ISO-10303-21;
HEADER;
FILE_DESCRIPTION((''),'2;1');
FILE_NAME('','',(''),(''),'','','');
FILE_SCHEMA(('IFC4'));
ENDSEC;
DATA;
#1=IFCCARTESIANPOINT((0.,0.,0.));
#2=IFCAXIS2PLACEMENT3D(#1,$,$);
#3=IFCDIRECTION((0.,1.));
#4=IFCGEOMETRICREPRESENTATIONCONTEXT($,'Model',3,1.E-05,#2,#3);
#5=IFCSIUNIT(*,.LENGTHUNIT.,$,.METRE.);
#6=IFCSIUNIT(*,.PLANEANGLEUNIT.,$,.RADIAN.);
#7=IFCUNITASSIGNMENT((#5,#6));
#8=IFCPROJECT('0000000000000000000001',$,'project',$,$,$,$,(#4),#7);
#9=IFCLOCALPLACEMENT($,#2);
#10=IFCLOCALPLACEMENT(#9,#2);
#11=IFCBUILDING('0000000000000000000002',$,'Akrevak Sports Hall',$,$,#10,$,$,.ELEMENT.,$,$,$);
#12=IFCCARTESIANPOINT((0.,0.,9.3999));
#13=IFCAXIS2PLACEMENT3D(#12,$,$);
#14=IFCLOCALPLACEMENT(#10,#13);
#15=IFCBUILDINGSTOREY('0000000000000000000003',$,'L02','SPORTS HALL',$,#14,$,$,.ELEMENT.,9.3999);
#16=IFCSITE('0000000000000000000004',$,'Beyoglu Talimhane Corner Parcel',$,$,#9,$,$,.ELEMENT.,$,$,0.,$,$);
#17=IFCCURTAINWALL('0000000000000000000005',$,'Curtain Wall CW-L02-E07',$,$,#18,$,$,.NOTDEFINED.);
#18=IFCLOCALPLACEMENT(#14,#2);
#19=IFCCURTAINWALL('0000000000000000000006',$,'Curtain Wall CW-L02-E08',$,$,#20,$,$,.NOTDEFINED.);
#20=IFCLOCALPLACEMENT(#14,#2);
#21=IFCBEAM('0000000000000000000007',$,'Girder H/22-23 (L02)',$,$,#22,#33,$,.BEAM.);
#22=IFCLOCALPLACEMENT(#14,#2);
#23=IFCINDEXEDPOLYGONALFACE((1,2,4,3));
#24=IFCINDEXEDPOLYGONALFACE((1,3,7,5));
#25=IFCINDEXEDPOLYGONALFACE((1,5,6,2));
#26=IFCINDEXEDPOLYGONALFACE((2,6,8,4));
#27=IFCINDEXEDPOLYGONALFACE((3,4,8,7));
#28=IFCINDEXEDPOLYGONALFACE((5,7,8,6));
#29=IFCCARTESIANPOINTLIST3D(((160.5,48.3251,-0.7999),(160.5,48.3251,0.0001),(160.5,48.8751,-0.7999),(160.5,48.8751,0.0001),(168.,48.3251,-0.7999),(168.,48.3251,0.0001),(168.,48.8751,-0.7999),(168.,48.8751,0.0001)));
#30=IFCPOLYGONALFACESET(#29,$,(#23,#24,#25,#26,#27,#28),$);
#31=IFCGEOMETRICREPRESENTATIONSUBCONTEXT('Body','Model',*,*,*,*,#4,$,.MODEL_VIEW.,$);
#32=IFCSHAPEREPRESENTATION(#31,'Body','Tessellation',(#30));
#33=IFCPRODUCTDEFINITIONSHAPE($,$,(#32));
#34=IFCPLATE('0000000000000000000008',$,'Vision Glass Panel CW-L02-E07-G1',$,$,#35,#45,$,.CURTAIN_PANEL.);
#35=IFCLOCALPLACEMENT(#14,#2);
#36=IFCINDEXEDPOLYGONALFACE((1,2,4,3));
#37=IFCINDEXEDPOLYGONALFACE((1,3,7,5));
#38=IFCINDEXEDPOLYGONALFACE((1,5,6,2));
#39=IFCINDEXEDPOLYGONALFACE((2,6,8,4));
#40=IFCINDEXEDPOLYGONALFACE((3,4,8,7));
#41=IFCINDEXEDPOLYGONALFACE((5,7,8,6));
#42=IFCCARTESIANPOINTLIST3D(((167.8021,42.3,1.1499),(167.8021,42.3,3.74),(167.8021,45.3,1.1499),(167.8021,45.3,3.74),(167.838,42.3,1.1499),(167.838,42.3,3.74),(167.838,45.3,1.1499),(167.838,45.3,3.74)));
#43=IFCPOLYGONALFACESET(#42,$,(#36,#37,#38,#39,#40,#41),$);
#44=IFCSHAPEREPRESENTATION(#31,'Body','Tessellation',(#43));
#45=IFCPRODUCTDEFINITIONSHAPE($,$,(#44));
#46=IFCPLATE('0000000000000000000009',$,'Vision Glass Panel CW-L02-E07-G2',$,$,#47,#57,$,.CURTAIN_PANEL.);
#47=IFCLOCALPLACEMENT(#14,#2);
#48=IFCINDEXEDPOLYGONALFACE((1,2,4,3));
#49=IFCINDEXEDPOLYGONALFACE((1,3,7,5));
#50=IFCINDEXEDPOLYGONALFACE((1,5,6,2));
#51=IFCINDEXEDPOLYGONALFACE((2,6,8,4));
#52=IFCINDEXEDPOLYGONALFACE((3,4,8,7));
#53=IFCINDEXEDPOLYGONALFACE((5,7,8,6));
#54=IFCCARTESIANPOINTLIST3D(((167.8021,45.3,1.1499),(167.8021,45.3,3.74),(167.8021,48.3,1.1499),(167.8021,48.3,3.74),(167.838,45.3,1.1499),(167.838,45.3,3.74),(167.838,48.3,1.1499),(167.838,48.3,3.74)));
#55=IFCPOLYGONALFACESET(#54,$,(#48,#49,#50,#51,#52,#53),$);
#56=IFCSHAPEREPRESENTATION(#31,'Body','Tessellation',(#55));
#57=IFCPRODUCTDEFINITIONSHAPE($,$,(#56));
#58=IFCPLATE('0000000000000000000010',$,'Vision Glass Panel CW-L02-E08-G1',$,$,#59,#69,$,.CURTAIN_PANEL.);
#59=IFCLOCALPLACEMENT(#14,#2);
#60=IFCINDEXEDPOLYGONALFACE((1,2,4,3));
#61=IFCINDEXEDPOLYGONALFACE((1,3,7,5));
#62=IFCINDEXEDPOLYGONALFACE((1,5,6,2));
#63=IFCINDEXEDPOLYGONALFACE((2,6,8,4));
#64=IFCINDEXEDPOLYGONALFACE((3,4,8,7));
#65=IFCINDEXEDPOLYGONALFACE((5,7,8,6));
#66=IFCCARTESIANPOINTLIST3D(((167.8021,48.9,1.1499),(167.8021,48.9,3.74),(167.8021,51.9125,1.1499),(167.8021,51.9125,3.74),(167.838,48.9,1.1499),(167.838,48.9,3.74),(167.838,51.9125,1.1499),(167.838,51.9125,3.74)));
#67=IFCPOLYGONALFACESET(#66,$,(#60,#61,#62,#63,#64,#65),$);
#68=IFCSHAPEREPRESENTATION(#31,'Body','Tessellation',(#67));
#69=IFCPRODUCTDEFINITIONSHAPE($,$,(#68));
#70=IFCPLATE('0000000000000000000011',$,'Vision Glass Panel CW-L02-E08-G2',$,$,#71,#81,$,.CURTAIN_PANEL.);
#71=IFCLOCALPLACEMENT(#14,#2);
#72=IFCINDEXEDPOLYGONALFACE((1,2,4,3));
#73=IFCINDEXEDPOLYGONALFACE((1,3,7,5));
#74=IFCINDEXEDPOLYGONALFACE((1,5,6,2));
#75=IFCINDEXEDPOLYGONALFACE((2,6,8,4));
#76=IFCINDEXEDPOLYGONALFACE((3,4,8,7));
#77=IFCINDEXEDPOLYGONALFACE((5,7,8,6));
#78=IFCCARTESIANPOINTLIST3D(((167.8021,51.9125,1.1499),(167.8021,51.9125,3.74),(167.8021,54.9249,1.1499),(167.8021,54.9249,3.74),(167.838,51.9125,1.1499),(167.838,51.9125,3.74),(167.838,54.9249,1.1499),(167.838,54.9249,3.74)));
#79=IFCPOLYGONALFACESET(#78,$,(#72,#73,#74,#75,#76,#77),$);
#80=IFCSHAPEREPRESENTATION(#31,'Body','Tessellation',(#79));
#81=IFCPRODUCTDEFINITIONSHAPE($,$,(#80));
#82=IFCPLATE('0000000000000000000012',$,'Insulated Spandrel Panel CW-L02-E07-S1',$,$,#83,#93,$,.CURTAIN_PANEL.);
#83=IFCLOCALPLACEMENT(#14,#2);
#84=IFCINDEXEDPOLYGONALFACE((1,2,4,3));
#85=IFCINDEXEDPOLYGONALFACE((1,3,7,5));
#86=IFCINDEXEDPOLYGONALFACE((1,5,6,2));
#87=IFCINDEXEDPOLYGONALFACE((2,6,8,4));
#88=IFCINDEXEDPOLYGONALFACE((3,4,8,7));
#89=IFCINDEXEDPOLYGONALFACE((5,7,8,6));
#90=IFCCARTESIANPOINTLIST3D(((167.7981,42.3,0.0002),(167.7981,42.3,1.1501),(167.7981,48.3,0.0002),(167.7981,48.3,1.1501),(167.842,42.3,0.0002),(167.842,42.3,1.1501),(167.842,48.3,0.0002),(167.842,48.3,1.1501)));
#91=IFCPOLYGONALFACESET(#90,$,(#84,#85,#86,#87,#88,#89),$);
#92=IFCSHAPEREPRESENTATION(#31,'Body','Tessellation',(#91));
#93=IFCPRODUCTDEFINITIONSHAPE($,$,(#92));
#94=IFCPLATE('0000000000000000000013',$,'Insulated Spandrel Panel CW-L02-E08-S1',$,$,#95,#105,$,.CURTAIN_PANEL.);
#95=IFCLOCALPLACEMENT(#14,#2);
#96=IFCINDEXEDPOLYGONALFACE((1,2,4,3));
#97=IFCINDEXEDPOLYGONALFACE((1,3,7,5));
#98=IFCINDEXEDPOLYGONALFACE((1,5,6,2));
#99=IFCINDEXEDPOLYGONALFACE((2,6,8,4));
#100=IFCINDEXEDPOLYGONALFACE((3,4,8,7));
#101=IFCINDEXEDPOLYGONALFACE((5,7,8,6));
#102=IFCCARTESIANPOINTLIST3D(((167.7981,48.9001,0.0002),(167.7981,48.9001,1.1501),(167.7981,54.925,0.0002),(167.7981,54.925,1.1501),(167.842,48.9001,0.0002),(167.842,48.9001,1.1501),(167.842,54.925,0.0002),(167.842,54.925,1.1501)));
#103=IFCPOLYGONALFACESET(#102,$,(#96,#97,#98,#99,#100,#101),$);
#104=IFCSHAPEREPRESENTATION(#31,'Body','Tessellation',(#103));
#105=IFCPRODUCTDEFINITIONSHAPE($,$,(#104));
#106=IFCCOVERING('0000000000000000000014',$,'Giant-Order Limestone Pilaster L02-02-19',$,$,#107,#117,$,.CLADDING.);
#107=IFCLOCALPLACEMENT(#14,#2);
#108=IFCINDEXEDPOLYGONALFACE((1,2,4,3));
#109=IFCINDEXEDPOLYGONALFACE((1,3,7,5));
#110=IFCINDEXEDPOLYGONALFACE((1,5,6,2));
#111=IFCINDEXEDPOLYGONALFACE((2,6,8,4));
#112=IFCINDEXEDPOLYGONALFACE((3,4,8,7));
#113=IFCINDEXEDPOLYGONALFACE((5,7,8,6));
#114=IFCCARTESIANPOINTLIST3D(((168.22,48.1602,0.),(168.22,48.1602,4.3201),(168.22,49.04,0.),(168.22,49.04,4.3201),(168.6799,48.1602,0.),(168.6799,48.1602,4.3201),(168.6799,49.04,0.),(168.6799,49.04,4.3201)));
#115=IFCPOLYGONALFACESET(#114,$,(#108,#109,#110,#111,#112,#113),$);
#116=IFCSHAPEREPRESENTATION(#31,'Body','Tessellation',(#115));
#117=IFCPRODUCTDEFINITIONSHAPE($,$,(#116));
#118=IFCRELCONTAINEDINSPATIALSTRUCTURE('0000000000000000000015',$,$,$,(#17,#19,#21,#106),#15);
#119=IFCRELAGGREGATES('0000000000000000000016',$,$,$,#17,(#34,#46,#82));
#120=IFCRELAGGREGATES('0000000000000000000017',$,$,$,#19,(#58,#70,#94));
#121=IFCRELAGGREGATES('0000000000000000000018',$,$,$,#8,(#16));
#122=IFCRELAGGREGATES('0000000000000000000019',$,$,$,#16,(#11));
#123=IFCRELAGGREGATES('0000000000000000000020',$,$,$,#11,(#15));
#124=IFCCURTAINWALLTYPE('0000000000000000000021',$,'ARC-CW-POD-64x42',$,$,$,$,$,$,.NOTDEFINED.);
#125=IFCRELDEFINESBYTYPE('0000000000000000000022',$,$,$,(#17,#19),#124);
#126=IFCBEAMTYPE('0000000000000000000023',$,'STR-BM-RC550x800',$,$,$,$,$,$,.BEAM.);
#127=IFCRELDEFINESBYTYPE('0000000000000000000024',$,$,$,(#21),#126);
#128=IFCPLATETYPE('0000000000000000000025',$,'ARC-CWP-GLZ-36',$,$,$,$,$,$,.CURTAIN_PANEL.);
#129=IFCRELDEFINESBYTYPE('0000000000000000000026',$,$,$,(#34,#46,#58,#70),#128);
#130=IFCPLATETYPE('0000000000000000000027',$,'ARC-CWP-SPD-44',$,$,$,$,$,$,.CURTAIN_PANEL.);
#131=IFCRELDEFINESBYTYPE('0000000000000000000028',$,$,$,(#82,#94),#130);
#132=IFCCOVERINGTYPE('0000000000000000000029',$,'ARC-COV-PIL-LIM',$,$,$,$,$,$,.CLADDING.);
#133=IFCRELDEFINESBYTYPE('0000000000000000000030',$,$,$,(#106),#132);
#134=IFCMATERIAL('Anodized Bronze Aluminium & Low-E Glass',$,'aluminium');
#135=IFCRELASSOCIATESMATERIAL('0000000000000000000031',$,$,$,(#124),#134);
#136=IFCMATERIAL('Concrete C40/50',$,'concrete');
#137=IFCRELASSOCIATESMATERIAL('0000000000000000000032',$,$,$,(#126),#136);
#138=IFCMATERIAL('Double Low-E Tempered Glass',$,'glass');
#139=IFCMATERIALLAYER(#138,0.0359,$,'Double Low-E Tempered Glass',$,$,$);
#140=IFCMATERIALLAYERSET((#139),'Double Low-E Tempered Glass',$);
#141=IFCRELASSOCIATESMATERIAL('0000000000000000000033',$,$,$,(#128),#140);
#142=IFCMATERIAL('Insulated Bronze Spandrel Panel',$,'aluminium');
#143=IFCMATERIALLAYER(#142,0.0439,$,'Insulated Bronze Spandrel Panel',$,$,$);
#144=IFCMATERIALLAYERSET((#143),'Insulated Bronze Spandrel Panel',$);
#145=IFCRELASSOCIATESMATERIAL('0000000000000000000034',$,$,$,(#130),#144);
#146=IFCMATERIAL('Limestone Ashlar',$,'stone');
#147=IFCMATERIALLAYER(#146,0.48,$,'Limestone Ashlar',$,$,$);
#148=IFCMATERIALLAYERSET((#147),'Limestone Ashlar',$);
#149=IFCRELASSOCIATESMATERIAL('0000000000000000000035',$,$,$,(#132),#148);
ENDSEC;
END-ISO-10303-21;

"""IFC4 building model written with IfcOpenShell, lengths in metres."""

from ifc_helpers import new_model, si_unit, direction, frame, origin, origin_2d, place, context, subcontext, project, spatial, rectangle, extrude, material, layer, layer_set, material_profile, profile_set, type_object, element, aggregate, save


model = new_model("IFC4")

# Units and contexts
model_context = context("Model", 3, precision=1e-05, world=origin(), true_north=direction((0.0, 1.0)))
body_context = subcontext(model_context, "Body", "Model", "MODEL_VIEW")
ifc_project = project(units=[si_unit("LENGTHUNIT", "METRE"), si_unit("PLANEANGLEUNIT", "RADIAN")], contexts=[model_context])

# Site, building, storey
site_placement = place(None, origin())
site = spatial("IfcSite", under=ifc_project, at=site_placement, Name="Beyoglu Talimhane Corner Parcel", CompositionType="ELEMENT", RefElevation=0.0)
building_placement = place(site_placement, origin())
building = spatial("IfcBuilding", under=site, at=building_placement, Name="Akrevak Sports Hall", CompositionType="ELEMENT")
storey_placement = place(building_placement, frame((0.0, 0.0, 9.3999)))
storey = spatial("IfcBuildingStorey", under=building, at=storey_placement, Name="L02", Description="SPORTS HALL", CompositionType="ELEMENT", Elevation=9.3999)

# Shared definitions
ifc_material_1 = material(Name="Concrete C40/50", Category="concrete")

# Curtain walls
ifc_material_2 = material(Name="Anodized Bronze Aluminium & Low-E Glass", Category="aluminium")
curtain_wall_type = type_object("IfcCurtainWallType", Name="ARC-CW-POD-64x42", PredefinedType="NOTDEFINED", material=ifc_material_2)
curtain_wall_1_placement = place(storey_placement, origin())
curtain_wall_1 = element("IfcCurtainWall", 1, at=curtain_wall_1_placement, inside=storey, type_object=curtain_wall_type, Name="Curtain Wall CW-L02-E07", PredefinedType="NOTDEFINED")
curtain_wall_2_placement = place(storey_placement, origin())
curtain_wall_2 = element("IfcCurtainWall", 2, at=curtain_wall_2_placement, inside=storey, type_object=curtain_wall_type, Name="Curtain Wall CW-L02-E08", PredefinedType="NOTDEFINED")

# Beam
ifc_material_profile_1 = material_profile(ifc_material_1, rectangle(XDim=0.55, YDim=0.8, at=origin_2d()), Name="BM 550x800", Category="concrete")
ifc_profile_set_1 = profile_set([ifc_material_profile_1], Name="Concrete C40/50")
beam_type_1 = type_object("IfcBeamType", Name="STR-BM-RC550x800", PredefinedType="BEAM", material=ifc_profile_set_1)
beam_placement = place(storey_placement, frame((160.5, 48.6001, -0.3999), z_axis=(1.0, 0.0, 0.0), x_axis=(0.0, 1.0, 0.0)))
element("IfcBeam", 3, at=beam_placement, inside=storey, type_object=beam_type_1, Name="Girder H/22-23 (L02)", PredefinedType="BEAM", context=body_context, shape_type="SweptSolid", body=[
    extrude(rectangle(XDim=0.55, YDim=0.8, at=origin_2d()), origin(), (0.0, 0.0, 1.0), 7.5),
])

# Plates
ifc_material_3 = material(Name="Double Low-E Tempered Glass", Category="glass")
ifc_layer_1 = layer(ifc_material_3, 0.0359, Name="Double Low-E Tempered Glass")
ifc_layer_set_1 = layer_set([ifc_layer_1], Name="Double Low-E Tempered Glass")
plate_type_1 = type_object("IfcPlateType", Name="ARC-CWP-GLZ-36", PredefinedType="CURTAIN_PANEL", material=ifc_layer_set_1)
plate_1_placement = place(storey_placement, frame((167.8201, 43.8, 1.1499), z_axis=(0.0, 0.0, 1.0), x_axis=(0.0, 1.0, 0.0)))
plate_1 = element("IfcPlate", 4, at=plate_1_placement, type_object=plate_type_1, Name="Vision Glass Panel CW-L02-E07-G1", PredefinedType="CURTAIN_PANEL", context=body_context, shape_type="SweptSolid", body=[
    extrude(rectangle(XDim=3.0, YDim=0.0359, at=origin_2d()), origin(), (0.0, 0.0, 1.0), 2.5901),
])
plate_2_placement = place(storey_placement, frame((167.8201, 46.8, 1.1499), z_axis=(0.0, 0.0, 1.0), x_axis=(0.0, 1.0, 0.0)))
plate_2 = element("IfcPlate", 5, at=plate_2_placement, type_object=plate_type_1, Name="Vision Glass Panel CW-L02-E07-G2", PredefinedType="CURTAIN_PANEL", context=body_context, shape_type="SweptSolid", body=[
    extrude(rectangle(XDim=3.0, YDim=0.0359, at=origin_2d()), origin(), (0.0, 0.0, 1.0), 2.5901),
])
plate_3_placement = place(storey_placement, frame((167.8201, 50.4062, 1.1499), z_axis=(0.0, 0.0, 1.0), x_axis=(0.0, 1.0, 0.0)))
plate_3 = element("IfcPlate", 6, at=plate_3_placement, type_object=plate_type_1, Name="Vision Glass Panel CW-L02-E08-G1", PredefinedType="CURTAIN_PANEL", context=body_context, shape_type="SweptSolid", body=[
    extrude(rectangle(XDim=3.0125, YDim=0.0359, at=origin_2d()), origin(), (0.0, 0.0, 1.0), 2.5901),
])
plate_4_placement = place(storey_placement, frame((167.8201, 53.4187, 1.1499), z_axis=(0.0, 0.0, 1.0), x_axis=(0.0, 1.0, 0.0)))
plate_4 = element("IfcPlate", 7, at=plate_4_placement, type_object=plate_type_1, Name="Vision Glass Panel CW-L02-E08-G2", PredefinedType="CURTAIN_PANEL", context=body_context, shape_type="SweptSolid", body=[
    extrude(rectangle(XDim=3.0125, YDim=0.0359, at=origin_2d()), origin(), (0.0, 0.0, 1.0), 2.5901),
])
ifc_material_4 = material(Name="Insulated Bronze Spandrel Panel", Category="aluminium")
ifc_layer_2 = layer(ifc_material_4, 0.0439, Name="Insulated Bronze Spandrel Panel")
ifc_layer_set_2 = layer_set([ifc_layer_2], Name="Insulated Bronze Spandrel Panel")
plate_type_2 = type_object("IfcPlateType", Name="ARC-CWP-SPD-44", PredefinedType="CURTAIN_PANEL", material=ifc_layer_set_2)
plate_5_placement = place(storey_placement, frame((167.8201, 45.3, 0.0002), z_axis=(0.0, 0.0, 1.0), x_axis=(0.0, 1.0, 0.0)))
plate_5 = element("IfcPlate", 8, at=plate_5_placement, type_object=plate_type_2, Name="Insulated Spandrel Panel CW-L02-E07-S1", PredefinedType="CURTAIN_PANEL", context=body_context, shape_type="SweptSolid", body=[
    extrude(rectangle(XDim=6.0, YDim=0.0439, at=origin_2d()), origin(), (0.0, 0.0, 1.0), 1.1499),
])
aggregate(curtain_wall_1, [plate_1, plate_2, plate_5])
plate_6_placement = place(storey_placement, frame((167.8201, 51.9126, 0.0002), z_axis=(0.0, 0.0, 1.0), x_axis=(0.0, 1.0, 0.0)))
plate_6 = element("IfcPlate", 9, at=plate_6_placement, type_object=plate_type_2, Name="Insulated Spandrel Panel CW-L02-E08-S1", PredefinedType="CURTAIN_PANEL", context=body_context, shape_type="SweptSolid", body=[
    extrude(rectangle(XDim=6.0249, YDim=0.0439, at=origin_2d()), origin(), (0.0, 0.0, 1.0), 1.1499),
])
aggregate(curtain_wall_2, [plate_3, plate_4, plate_6])

# Covering
ifc_material_5 = material(Name="Limestone Ashlar", Category="stone")
ifc_layer_3 = layer(ifc_material_5, 0.48, Name="Limestone Ashlar")
ifc_layer_set_3 = layer_set([ifc_layer_3], Name="Limestone Ashlar")
covering_type = type_object("IfcCoveringType", Name="ARC-COV-PIL-LIM", PredefinedType="CLADDING", material=ifc_layer_set_3)
covering_placement = place(storey_placement, frame((168.45, 48.6001, 0.0), z_axis=(0.0, 0.0, 1.0), x_axis=(0.0, 1.0, 0.0)))
element("IfcCovering", 10, at=covering_placement, inside=storey, type_object=covering_type, Name="Giant-Order Limestone Pilaster L02-02-19", PredefinedType="CLADDING", context=body_context, shape_type="SweptSolid", body=[
    extrude(rectangle(XDim=0.8799, YDim=0.46, at=origin_2d()), origin(), (0.0, 0.0, 1.0), 4.3201),
])

save(model, "model.ifc")
